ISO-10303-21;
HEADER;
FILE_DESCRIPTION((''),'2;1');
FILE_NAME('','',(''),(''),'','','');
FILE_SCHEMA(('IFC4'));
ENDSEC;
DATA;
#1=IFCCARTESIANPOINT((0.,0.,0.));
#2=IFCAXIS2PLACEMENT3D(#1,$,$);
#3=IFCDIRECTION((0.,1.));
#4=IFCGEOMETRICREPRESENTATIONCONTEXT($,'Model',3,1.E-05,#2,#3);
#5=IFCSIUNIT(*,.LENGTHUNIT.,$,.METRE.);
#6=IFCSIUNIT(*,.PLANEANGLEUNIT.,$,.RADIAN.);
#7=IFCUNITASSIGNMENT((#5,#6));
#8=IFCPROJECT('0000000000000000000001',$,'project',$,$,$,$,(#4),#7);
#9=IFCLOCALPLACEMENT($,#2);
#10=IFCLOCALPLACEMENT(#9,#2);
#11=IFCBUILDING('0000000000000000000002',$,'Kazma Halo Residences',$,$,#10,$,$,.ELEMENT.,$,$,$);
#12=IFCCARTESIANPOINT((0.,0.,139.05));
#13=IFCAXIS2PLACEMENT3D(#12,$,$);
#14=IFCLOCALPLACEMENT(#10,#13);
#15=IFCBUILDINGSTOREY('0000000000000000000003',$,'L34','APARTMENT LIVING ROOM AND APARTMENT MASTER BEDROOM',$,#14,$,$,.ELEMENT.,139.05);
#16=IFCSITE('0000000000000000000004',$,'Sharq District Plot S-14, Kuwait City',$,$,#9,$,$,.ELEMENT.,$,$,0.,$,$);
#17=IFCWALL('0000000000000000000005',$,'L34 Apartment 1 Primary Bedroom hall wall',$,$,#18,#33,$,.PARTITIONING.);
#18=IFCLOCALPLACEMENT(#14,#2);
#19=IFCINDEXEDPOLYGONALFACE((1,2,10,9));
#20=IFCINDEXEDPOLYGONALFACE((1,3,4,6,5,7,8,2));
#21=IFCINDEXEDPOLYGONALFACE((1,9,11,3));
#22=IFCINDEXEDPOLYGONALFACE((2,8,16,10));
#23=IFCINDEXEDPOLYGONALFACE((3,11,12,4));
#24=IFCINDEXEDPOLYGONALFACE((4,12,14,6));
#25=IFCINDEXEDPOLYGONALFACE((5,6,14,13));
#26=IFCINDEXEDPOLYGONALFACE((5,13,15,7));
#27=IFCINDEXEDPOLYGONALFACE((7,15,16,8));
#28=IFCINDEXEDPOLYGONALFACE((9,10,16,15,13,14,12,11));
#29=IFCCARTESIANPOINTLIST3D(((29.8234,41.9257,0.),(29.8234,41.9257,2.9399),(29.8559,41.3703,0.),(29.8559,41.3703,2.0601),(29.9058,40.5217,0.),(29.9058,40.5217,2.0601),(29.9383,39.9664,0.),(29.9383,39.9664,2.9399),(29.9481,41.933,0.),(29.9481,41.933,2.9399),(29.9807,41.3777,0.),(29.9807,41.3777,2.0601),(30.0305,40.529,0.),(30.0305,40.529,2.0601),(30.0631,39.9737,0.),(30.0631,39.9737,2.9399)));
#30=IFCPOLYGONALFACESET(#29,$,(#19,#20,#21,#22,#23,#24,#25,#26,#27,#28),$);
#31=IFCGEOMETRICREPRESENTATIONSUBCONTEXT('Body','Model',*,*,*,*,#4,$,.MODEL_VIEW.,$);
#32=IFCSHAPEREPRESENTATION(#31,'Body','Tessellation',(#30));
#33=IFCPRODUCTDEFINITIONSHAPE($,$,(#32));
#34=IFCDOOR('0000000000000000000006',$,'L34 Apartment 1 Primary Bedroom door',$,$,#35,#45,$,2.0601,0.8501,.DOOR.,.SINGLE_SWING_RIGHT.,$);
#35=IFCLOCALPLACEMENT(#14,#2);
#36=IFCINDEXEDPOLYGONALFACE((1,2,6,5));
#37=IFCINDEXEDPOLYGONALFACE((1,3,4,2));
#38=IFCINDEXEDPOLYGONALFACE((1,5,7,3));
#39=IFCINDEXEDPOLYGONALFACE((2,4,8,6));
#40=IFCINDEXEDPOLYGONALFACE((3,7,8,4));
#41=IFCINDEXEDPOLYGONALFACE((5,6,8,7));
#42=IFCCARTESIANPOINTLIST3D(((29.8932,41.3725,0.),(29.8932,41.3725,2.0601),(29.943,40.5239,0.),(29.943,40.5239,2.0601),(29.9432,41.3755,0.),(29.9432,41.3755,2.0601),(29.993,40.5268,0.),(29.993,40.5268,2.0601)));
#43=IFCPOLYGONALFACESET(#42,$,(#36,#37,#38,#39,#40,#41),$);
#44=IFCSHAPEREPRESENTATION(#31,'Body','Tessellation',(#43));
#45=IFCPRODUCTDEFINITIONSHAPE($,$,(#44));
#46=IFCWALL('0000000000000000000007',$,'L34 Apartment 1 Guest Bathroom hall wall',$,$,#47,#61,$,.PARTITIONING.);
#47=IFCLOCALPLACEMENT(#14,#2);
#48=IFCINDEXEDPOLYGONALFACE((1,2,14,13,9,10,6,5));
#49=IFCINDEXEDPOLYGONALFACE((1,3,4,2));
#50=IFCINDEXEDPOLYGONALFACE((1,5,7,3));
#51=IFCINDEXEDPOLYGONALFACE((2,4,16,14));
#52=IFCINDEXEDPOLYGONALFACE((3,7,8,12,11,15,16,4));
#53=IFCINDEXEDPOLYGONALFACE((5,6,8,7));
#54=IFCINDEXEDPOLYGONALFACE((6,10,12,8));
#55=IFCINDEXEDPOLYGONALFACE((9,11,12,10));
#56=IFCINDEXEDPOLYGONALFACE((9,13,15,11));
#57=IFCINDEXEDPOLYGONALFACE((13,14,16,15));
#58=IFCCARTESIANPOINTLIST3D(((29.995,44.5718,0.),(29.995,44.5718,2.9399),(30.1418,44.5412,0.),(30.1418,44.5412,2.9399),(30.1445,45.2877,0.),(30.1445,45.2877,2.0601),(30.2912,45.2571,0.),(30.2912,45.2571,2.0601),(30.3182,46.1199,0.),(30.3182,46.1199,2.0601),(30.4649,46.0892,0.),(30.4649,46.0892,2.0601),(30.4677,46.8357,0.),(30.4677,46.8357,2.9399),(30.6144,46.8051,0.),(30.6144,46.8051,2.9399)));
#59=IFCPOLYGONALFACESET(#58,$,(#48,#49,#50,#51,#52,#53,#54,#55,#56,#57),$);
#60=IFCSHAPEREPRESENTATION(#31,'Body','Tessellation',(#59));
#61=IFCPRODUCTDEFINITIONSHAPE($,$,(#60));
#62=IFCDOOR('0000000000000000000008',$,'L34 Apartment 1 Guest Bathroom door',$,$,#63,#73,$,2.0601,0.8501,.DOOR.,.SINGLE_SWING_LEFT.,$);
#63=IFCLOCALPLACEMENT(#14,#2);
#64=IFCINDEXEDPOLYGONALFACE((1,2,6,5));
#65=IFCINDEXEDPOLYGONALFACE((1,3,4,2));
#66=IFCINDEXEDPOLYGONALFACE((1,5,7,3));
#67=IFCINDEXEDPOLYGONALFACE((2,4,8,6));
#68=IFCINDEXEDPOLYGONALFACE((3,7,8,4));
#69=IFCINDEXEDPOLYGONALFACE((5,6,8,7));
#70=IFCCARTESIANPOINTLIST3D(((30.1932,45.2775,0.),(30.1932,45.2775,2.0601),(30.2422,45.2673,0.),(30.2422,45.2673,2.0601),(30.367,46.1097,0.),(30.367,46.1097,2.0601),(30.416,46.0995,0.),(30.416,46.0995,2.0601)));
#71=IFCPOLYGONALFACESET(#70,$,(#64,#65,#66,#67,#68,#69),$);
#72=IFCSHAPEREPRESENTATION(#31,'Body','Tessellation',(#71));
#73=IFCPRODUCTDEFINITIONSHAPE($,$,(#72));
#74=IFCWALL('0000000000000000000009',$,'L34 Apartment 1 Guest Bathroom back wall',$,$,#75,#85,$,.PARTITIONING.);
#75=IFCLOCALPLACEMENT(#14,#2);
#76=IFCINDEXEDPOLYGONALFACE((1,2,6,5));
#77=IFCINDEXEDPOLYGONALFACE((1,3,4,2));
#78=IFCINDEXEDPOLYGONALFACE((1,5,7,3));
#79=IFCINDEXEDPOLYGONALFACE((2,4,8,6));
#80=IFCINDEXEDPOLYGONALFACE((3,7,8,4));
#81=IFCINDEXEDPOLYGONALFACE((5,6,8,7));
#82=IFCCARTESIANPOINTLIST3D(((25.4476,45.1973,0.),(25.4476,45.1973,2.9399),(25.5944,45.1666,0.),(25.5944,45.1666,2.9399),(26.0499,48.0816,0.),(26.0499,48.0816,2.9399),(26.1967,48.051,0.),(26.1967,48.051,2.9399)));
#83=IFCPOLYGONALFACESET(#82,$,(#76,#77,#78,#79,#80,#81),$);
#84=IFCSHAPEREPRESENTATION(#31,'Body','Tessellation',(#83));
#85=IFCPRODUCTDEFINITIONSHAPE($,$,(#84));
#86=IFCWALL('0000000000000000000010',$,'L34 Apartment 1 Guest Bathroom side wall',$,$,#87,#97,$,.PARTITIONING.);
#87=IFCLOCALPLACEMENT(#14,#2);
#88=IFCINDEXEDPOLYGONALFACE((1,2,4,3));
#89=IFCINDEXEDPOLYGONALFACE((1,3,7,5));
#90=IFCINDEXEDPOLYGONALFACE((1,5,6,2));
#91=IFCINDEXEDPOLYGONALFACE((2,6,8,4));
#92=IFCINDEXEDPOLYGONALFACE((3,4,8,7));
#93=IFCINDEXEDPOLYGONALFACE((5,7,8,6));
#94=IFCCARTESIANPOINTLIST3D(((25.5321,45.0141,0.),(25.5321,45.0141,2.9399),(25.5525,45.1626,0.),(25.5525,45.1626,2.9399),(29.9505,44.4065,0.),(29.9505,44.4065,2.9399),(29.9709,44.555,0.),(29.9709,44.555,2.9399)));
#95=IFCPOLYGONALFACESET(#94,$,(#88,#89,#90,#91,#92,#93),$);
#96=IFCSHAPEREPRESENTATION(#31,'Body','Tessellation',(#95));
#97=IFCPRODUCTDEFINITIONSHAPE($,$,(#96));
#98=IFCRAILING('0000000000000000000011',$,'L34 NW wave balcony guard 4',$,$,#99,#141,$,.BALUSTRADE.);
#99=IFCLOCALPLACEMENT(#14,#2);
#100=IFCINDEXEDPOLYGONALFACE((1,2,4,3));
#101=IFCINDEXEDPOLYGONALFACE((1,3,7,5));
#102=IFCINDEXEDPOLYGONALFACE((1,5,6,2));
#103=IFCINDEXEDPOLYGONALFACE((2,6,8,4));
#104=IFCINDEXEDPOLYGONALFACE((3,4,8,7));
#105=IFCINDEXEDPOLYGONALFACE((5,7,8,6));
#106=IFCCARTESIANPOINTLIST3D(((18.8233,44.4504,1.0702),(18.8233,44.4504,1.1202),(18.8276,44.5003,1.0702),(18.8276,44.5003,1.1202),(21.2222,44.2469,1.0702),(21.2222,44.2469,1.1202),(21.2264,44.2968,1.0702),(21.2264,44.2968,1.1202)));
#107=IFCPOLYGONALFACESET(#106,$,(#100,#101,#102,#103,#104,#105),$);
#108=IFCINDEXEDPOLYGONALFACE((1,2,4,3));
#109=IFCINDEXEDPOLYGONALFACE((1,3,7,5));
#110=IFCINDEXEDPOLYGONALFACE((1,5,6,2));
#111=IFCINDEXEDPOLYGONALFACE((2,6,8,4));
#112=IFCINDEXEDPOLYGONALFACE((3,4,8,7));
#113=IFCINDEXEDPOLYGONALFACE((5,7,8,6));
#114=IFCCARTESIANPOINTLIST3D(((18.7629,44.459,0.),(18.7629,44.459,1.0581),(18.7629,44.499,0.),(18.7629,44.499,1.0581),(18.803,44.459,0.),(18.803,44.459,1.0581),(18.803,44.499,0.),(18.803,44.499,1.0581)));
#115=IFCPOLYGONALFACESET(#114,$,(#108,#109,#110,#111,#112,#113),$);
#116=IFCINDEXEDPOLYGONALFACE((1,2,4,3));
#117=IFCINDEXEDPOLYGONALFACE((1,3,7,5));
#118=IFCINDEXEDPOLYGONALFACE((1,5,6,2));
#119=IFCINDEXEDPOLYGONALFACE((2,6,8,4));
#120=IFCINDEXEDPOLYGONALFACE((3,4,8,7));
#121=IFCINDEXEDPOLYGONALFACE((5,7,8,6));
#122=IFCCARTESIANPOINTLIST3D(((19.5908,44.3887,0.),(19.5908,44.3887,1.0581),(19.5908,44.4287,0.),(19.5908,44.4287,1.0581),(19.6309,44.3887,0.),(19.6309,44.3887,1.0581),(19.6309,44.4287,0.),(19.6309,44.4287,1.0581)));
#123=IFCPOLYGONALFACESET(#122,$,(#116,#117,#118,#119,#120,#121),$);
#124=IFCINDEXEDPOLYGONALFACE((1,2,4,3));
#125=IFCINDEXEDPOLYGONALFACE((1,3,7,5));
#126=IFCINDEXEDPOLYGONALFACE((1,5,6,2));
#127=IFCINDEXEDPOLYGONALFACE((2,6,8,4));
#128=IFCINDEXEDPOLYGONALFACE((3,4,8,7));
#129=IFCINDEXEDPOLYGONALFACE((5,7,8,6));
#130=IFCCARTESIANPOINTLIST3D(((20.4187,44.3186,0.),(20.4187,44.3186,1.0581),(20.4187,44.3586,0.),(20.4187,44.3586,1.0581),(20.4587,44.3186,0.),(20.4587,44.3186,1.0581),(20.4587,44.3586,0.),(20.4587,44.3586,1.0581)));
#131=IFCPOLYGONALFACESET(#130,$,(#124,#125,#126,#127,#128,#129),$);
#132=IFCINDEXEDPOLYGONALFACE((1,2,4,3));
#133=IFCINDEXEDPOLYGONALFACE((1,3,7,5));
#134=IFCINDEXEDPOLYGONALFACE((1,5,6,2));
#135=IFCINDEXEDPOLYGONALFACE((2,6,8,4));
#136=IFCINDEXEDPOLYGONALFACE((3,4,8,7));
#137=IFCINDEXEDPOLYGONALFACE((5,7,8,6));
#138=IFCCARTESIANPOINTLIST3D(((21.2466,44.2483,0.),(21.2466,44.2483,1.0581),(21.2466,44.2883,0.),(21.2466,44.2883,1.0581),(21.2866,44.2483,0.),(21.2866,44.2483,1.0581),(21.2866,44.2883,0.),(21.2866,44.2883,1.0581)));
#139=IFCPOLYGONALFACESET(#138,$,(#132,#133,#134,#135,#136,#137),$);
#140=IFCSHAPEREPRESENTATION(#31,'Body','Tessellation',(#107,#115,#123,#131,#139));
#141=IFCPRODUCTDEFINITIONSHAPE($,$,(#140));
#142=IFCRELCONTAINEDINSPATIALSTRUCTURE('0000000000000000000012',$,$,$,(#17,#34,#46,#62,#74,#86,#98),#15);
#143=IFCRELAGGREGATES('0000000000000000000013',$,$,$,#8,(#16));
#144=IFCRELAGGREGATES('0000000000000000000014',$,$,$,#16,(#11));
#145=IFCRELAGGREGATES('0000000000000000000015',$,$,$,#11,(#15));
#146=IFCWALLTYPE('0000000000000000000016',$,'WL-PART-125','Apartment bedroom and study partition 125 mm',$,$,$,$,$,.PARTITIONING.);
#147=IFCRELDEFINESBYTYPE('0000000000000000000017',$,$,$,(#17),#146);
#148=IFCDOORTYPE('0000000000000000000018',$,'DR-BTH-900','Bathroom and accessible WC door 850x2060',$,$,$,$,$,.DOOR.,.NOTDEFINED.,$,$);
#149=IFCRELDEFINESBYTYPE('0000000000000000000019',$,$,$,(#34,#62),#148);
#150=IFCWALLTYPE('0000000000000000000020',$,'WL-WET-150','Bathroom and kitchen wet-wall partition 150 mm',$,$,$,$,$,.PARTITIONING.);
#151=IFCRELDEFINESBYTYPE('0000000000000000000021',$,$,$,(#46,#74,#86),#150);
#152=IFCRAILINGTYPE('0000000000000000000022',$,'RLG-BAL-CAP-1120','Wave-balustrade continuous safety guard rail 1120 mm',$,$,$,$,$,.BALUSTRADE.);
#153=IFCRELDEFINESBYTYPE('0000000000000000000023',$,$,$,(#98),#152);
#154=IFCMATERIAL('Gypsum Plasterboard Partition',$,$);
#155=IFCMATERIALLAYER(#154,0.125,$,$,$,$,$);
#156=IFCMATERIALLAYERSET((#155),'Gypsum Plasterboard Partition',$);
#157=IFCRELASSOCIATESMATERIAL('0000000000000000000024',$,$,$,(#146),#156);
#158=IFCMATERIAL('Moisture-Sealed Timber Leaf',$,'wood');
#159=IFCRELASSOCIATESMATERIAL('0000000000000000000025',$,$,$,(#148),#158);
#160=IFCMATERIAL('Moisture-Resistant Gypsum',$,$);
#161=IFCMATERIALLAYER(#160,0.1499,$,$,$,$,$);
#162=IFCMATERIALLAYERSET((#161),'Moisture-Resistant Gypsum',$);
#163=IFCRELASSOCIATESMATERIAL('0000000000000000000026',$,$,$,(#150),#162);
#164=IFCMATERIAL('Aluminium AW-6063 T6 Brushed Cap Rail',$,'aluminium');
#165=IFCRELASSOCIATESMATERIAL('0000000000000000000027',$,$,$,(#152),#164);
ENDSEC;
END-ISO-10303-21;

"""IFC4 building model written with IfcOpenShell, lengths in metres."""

from ifc_helpers import new_model, si_unit, direction, frame, frame_2d, origin, origin_2d, place, context, subcontext, project, spatial, rectangle, extrude, material, layer, layer_set, type_object, element, fill, save


model = new_model("IFC4")

# Units and contexts
model_context = context("Model", 3, precision=1e-05, world=origin(), true_north=direction((0.0, 1.0)))
body_context = subcontext(model_context, "Body", "Model", "MODEL_VIEW")
ifc_project = project(units=[si_unit("LENGTHUNIT", "METRE"), si_unit("PLANEANGLEUNIT", "RADIAN")], contexts=[model_context])

# Site, building, storey
site_placement = place(None, origin())
site = spatial("IfcSite", under=ifc_project, at=site_placement, Name="Sharq District Plot S-14, Kuwait City", CompositionType="ELEMENT", RefElevation=0.0)
building_placement = place(site_placement, origin())
building = spatial("IfcBuilding", under=site, at=building_placement, Name="Kazma Halo Residences", CompositionType="ELEMENT")
storey_placement = place(building_placement, frame((0.0, 0.0, 139.05)))
storey = spatial("IfcBuildingStorey", under=building, at=storey_placement, Name="L34", Description="APARTMENT LIVING ROOM AND APARTMENT MASTER BEDROOM", CompositionType="ELEMENT", Elevation=139.05)

# Shared definitions
ifc_material_1 = material(Name="Gypsum Plasterboard Partition")
ifc_layer_1 = layer(ifc_material_1, 0.125)
ifc_layer_set_1 = layer_set([ifc_layer_1], Name="Gypsum Plasterboard Partition")
wall_type_1 = type_object("IfcWallType", Name="WL-PART-125", Description="Apartment bedroom and study partition 125 mm", PredefinedType="PARTITIONING", material=ifc_layer_set_1)

# Shared definitions
ifc_material_2 = material(Name="Moisture-Sealed Timber Leaf", Category="wood")
door_type = type_object("IfcDoorType", Name="DR-BTH-900", Description="Bathroom and accessible WC door 850x2060", OperationType="NOTDEFINED", PredefinedType="DOOR", material=ifc_material_2)

# Walls, openings, doors
wall_1_placement = place(storey_placement, frame((29.8857, 41.9294, 0.0), z_axis=(0.0, 0.0, 1.0), x_axis=(0.058591, -0.998282, 0.0)))
wall_1 = element("IfcWall", 1, at=wall_1_placement, inside=storey, type_object=wall_type_1, Name="L34 Apartment 1 Primary Bedroom hall wall", PredefinedType="PARTITIONING", context=body_context, shape_type="SweptSolid", body=[
    extrude(rectangle(XDim=1.9626, YDim=0.125, at=frame_2d((0.9814, 0.0))), origin(), (0.0, 0.0, 1.0), 2.9399),
])
opening_1_placement = place(wall_1_placement, frame((0.5564, 0.0, 0.0)))
opening_1 = element("IfcOpeningElement", 2, at=opening_1_placement, cuts=wall_1, PredefinedType="OPENING", context=body_context, shape_type="SweptSolid", body=[
    extrude(rectangle(XDim=0.8501, YDim=2.0601, at=frame_2d((0.425, 1.03))), frame((0.0, 0.0725, 0.0), z_axis=(0.0, -1.0, 0.0), x_axis=(1.0, 0.0, 0.0)), (0.0, 0.0, 1.0), 0.145),
])
door_1_placement = place(opening_1_placement, origin())
door_1 = element("IfcDoor", 3, at=door_1_placement, inside=storey, type_object=door_type, Name="L34 Apartment 1 Primary Bedroom door", OperationType="SINGLE_SWING_RIGHT", OverallHeight=2.0601, OverallWidth=0.8501, PredefinedType="DOOR", context=body_context, shape_type="SweptSolid", body=[
    extrude(rectangle(XDim=0.8501, YDim=2.0601, at=frame_2d((0.425, 1.03))), frame((0.0, 0.0249, 0.0), z_axis=(0.0, -1.0, 0.0), x_axis=(1.0, 0.0, 0.0)), (0.0, 0.0, 1.0), 0.05),
])
fill(opening_1, door_1)
ifc_material_3 = material(Name="Moisture-Resistant Gypsum")
ifc_layer_2 = layer(ifc_material_3, 0.1499)
ifc_layer_set_2 = layer_set([ifc_layer_2], Name="Moisture-Resistant Gypsum")
wall_type_2 = type_object("IfcWallType", Name="WL-WET-150", Description="Bathroom and kitchen wet-wall partition 150 mm", PredefinedType="PARTITIONING", material=ifc_layer_set_2)
wall_2_placement = place(storey_placement, frame((30.541, 46.8203, 0.0), z_axis=(0.0, 0.0, 1.0), x_axis=(-0.204372, -0.978893, 0.0)))
wall_2 = element("IfcWall", 4, at=wall_2_placement, inside=storey, type_object=wall_type_2, Name="L34 Apartment 1 Guest Bathroom hall wall", PredefinedType="PARTITIONING", context=body_context, shape_type="SweptSolid", body=[
    extrude(rectangle(XDim=2.3127, YDim=0.1499, at=frame_2d((1.1562, 0.0))), origin(), (0.0, 0.0, 1.0), 2.9399),
])
opening_2_placement = place(wall_2_placement, frame((0.7312, 0.0, 0.0)))
opening_2 = element("IfcOpeningElement", 5, at=opening_2_placement, cuts=wall_2, PredefinedType="OPENING", context=body_context, shape_type="SweptSolid", body=[
    extrude(rectangle(XDim=0.8501, YDim=2.0601, at=frame_2d((0.425, 1.03))), frame((0.0, 0.085, 0.0), z_axis=(0.0, -1.0, 0.0), x_axis=(1.0, 0.0, 0.0)), (0.0, 0.0, 1.0), 0.1699),
])
door_2_placement = place(opening_2_placement, origin())
door_2 = element("IfcDoor", 6, at=door_2_placement, inside=storey, type_object=door_type, Name="L34 Apartment 1 Guest Bathroom door", OperationType="SINGLE_SWING_LEFT", OverallHeight=2.0601, OverallWidth=0.8501, PredefinedType="DOOR", context=body_context, shape_type="SweptSolid", body=[
    extrude(rectangle(XDim=0.8501, YDim=2.0601, at=frame_2d((0.425, 1.03))), frame((0.0, 0.0249, 0.0), z_axis=(0.0, -1.0, 0.0), x_axis=(1.0, 0.0, 0.0)), (0.0, 0.0, 1.0), 0.05),
])
fill(opening_2, door_2)

# Walls
wall_3_placement = place(storey_placement, frame((26.1233, 48.0662, 0.0), z_axis=(0.0, 0.0, 1.0), x_axis=(-0.204411, -0.978885, 0.0)))
element("IfcWall", 7, at=wall_3_placement, inside=storey, type_object=wall_type_2, Name="L34 Apartment 1 Guest Bathroom back wall", PredefinedType="PARTITIONING", context=body_context, shape_type="SweptSolid", body=[
    extrude(rectangle(XDim=2.9465, YDim=0.1499, at=frame_2d((1.4731, 0.0))), origin(), (0.0, 0.0, 1.0), 2.9399),
])
wall_4_placement = place(storey_placement, frame((29.9607, 44.4807, 0.0), z_axis=(0.0, 0.0, 1.0), x_axis=(-0.990675, 0.136247, 0.0)))
element("IfcWall", 8, at=wall_4_placement, inside=storey, type_object=wall_type_2, Name="L34 Apartment 1 Guest Bathroom side wall", PredefinedType="PARTITIONING", context=body_context, shape_type="SweptSolid", body=[
    extrude(rectangle(XDim=4.46, YDim=0.1499, at=frame_2d((2.23, 0.0))), origin(), (0.0, 0.0, 1.0), 2.9399),
])

# Railing
ifc_material_4 = material(Name="Aluminium AW-6063 T6 Brushed Cap Rail", Category="aluminium")
railing_type = type_object("IfcRailingType", Name="RLG-BAL-CAP-1120", Description="Wave-balustrade continuous safety guard rail 1120 mm", PredefinedType="BALUSTRADE", material=ifc_material_4)
railing_placement = place(storey_placement, frame((18.783, 44.479, 0.0)))
element("IfcRailing", 9, at=railing_placement, inside=storey, type_object=railing_type, Name="L34 NW wave balcony guard 4", PredefinedType="BALUSTRADE", context=body_context, shape_type="SweptSolid", body=[
    extrude(rectangle(XDim=0.05, YDim=0.05, at=origin_2d()), frame((0.0425, -0.0037, 1.0952), z_axis=(0.996421, -0.084529, 0.0), x_axis=(0.084529, 0.996421, 0.0)), (0.0, 0.0, 1.0), 2.4075),
    extrude(rectangle(XDim=0.04, YDim=0.04, at=origin_2d()), origin(), (0.0, 0.0, 1.0), 1.0581),
    extrude(rectangle(XDim=0.04, YDim=0.04, at=origin_2d()), frame((0.8279, -0.0703, 0.0)), (0.0, 0.0, 1.0), 1.0581),
    extrude(rectangle(XDim=0.04, YDim=0.04, at=origin_2d()), frame((1.6558, -0.1404, 0.0)), (0.0, 0.0, 1.0), 1.0581),
    extrude(rectangle(XDim=0.04, YDim=0.04, at=origin_2d()), frame((2.4836, -0.2107, 0.0)), (0.0, 0.0, 1.0), 1.0581),
])

save(model, "model.ifc")
